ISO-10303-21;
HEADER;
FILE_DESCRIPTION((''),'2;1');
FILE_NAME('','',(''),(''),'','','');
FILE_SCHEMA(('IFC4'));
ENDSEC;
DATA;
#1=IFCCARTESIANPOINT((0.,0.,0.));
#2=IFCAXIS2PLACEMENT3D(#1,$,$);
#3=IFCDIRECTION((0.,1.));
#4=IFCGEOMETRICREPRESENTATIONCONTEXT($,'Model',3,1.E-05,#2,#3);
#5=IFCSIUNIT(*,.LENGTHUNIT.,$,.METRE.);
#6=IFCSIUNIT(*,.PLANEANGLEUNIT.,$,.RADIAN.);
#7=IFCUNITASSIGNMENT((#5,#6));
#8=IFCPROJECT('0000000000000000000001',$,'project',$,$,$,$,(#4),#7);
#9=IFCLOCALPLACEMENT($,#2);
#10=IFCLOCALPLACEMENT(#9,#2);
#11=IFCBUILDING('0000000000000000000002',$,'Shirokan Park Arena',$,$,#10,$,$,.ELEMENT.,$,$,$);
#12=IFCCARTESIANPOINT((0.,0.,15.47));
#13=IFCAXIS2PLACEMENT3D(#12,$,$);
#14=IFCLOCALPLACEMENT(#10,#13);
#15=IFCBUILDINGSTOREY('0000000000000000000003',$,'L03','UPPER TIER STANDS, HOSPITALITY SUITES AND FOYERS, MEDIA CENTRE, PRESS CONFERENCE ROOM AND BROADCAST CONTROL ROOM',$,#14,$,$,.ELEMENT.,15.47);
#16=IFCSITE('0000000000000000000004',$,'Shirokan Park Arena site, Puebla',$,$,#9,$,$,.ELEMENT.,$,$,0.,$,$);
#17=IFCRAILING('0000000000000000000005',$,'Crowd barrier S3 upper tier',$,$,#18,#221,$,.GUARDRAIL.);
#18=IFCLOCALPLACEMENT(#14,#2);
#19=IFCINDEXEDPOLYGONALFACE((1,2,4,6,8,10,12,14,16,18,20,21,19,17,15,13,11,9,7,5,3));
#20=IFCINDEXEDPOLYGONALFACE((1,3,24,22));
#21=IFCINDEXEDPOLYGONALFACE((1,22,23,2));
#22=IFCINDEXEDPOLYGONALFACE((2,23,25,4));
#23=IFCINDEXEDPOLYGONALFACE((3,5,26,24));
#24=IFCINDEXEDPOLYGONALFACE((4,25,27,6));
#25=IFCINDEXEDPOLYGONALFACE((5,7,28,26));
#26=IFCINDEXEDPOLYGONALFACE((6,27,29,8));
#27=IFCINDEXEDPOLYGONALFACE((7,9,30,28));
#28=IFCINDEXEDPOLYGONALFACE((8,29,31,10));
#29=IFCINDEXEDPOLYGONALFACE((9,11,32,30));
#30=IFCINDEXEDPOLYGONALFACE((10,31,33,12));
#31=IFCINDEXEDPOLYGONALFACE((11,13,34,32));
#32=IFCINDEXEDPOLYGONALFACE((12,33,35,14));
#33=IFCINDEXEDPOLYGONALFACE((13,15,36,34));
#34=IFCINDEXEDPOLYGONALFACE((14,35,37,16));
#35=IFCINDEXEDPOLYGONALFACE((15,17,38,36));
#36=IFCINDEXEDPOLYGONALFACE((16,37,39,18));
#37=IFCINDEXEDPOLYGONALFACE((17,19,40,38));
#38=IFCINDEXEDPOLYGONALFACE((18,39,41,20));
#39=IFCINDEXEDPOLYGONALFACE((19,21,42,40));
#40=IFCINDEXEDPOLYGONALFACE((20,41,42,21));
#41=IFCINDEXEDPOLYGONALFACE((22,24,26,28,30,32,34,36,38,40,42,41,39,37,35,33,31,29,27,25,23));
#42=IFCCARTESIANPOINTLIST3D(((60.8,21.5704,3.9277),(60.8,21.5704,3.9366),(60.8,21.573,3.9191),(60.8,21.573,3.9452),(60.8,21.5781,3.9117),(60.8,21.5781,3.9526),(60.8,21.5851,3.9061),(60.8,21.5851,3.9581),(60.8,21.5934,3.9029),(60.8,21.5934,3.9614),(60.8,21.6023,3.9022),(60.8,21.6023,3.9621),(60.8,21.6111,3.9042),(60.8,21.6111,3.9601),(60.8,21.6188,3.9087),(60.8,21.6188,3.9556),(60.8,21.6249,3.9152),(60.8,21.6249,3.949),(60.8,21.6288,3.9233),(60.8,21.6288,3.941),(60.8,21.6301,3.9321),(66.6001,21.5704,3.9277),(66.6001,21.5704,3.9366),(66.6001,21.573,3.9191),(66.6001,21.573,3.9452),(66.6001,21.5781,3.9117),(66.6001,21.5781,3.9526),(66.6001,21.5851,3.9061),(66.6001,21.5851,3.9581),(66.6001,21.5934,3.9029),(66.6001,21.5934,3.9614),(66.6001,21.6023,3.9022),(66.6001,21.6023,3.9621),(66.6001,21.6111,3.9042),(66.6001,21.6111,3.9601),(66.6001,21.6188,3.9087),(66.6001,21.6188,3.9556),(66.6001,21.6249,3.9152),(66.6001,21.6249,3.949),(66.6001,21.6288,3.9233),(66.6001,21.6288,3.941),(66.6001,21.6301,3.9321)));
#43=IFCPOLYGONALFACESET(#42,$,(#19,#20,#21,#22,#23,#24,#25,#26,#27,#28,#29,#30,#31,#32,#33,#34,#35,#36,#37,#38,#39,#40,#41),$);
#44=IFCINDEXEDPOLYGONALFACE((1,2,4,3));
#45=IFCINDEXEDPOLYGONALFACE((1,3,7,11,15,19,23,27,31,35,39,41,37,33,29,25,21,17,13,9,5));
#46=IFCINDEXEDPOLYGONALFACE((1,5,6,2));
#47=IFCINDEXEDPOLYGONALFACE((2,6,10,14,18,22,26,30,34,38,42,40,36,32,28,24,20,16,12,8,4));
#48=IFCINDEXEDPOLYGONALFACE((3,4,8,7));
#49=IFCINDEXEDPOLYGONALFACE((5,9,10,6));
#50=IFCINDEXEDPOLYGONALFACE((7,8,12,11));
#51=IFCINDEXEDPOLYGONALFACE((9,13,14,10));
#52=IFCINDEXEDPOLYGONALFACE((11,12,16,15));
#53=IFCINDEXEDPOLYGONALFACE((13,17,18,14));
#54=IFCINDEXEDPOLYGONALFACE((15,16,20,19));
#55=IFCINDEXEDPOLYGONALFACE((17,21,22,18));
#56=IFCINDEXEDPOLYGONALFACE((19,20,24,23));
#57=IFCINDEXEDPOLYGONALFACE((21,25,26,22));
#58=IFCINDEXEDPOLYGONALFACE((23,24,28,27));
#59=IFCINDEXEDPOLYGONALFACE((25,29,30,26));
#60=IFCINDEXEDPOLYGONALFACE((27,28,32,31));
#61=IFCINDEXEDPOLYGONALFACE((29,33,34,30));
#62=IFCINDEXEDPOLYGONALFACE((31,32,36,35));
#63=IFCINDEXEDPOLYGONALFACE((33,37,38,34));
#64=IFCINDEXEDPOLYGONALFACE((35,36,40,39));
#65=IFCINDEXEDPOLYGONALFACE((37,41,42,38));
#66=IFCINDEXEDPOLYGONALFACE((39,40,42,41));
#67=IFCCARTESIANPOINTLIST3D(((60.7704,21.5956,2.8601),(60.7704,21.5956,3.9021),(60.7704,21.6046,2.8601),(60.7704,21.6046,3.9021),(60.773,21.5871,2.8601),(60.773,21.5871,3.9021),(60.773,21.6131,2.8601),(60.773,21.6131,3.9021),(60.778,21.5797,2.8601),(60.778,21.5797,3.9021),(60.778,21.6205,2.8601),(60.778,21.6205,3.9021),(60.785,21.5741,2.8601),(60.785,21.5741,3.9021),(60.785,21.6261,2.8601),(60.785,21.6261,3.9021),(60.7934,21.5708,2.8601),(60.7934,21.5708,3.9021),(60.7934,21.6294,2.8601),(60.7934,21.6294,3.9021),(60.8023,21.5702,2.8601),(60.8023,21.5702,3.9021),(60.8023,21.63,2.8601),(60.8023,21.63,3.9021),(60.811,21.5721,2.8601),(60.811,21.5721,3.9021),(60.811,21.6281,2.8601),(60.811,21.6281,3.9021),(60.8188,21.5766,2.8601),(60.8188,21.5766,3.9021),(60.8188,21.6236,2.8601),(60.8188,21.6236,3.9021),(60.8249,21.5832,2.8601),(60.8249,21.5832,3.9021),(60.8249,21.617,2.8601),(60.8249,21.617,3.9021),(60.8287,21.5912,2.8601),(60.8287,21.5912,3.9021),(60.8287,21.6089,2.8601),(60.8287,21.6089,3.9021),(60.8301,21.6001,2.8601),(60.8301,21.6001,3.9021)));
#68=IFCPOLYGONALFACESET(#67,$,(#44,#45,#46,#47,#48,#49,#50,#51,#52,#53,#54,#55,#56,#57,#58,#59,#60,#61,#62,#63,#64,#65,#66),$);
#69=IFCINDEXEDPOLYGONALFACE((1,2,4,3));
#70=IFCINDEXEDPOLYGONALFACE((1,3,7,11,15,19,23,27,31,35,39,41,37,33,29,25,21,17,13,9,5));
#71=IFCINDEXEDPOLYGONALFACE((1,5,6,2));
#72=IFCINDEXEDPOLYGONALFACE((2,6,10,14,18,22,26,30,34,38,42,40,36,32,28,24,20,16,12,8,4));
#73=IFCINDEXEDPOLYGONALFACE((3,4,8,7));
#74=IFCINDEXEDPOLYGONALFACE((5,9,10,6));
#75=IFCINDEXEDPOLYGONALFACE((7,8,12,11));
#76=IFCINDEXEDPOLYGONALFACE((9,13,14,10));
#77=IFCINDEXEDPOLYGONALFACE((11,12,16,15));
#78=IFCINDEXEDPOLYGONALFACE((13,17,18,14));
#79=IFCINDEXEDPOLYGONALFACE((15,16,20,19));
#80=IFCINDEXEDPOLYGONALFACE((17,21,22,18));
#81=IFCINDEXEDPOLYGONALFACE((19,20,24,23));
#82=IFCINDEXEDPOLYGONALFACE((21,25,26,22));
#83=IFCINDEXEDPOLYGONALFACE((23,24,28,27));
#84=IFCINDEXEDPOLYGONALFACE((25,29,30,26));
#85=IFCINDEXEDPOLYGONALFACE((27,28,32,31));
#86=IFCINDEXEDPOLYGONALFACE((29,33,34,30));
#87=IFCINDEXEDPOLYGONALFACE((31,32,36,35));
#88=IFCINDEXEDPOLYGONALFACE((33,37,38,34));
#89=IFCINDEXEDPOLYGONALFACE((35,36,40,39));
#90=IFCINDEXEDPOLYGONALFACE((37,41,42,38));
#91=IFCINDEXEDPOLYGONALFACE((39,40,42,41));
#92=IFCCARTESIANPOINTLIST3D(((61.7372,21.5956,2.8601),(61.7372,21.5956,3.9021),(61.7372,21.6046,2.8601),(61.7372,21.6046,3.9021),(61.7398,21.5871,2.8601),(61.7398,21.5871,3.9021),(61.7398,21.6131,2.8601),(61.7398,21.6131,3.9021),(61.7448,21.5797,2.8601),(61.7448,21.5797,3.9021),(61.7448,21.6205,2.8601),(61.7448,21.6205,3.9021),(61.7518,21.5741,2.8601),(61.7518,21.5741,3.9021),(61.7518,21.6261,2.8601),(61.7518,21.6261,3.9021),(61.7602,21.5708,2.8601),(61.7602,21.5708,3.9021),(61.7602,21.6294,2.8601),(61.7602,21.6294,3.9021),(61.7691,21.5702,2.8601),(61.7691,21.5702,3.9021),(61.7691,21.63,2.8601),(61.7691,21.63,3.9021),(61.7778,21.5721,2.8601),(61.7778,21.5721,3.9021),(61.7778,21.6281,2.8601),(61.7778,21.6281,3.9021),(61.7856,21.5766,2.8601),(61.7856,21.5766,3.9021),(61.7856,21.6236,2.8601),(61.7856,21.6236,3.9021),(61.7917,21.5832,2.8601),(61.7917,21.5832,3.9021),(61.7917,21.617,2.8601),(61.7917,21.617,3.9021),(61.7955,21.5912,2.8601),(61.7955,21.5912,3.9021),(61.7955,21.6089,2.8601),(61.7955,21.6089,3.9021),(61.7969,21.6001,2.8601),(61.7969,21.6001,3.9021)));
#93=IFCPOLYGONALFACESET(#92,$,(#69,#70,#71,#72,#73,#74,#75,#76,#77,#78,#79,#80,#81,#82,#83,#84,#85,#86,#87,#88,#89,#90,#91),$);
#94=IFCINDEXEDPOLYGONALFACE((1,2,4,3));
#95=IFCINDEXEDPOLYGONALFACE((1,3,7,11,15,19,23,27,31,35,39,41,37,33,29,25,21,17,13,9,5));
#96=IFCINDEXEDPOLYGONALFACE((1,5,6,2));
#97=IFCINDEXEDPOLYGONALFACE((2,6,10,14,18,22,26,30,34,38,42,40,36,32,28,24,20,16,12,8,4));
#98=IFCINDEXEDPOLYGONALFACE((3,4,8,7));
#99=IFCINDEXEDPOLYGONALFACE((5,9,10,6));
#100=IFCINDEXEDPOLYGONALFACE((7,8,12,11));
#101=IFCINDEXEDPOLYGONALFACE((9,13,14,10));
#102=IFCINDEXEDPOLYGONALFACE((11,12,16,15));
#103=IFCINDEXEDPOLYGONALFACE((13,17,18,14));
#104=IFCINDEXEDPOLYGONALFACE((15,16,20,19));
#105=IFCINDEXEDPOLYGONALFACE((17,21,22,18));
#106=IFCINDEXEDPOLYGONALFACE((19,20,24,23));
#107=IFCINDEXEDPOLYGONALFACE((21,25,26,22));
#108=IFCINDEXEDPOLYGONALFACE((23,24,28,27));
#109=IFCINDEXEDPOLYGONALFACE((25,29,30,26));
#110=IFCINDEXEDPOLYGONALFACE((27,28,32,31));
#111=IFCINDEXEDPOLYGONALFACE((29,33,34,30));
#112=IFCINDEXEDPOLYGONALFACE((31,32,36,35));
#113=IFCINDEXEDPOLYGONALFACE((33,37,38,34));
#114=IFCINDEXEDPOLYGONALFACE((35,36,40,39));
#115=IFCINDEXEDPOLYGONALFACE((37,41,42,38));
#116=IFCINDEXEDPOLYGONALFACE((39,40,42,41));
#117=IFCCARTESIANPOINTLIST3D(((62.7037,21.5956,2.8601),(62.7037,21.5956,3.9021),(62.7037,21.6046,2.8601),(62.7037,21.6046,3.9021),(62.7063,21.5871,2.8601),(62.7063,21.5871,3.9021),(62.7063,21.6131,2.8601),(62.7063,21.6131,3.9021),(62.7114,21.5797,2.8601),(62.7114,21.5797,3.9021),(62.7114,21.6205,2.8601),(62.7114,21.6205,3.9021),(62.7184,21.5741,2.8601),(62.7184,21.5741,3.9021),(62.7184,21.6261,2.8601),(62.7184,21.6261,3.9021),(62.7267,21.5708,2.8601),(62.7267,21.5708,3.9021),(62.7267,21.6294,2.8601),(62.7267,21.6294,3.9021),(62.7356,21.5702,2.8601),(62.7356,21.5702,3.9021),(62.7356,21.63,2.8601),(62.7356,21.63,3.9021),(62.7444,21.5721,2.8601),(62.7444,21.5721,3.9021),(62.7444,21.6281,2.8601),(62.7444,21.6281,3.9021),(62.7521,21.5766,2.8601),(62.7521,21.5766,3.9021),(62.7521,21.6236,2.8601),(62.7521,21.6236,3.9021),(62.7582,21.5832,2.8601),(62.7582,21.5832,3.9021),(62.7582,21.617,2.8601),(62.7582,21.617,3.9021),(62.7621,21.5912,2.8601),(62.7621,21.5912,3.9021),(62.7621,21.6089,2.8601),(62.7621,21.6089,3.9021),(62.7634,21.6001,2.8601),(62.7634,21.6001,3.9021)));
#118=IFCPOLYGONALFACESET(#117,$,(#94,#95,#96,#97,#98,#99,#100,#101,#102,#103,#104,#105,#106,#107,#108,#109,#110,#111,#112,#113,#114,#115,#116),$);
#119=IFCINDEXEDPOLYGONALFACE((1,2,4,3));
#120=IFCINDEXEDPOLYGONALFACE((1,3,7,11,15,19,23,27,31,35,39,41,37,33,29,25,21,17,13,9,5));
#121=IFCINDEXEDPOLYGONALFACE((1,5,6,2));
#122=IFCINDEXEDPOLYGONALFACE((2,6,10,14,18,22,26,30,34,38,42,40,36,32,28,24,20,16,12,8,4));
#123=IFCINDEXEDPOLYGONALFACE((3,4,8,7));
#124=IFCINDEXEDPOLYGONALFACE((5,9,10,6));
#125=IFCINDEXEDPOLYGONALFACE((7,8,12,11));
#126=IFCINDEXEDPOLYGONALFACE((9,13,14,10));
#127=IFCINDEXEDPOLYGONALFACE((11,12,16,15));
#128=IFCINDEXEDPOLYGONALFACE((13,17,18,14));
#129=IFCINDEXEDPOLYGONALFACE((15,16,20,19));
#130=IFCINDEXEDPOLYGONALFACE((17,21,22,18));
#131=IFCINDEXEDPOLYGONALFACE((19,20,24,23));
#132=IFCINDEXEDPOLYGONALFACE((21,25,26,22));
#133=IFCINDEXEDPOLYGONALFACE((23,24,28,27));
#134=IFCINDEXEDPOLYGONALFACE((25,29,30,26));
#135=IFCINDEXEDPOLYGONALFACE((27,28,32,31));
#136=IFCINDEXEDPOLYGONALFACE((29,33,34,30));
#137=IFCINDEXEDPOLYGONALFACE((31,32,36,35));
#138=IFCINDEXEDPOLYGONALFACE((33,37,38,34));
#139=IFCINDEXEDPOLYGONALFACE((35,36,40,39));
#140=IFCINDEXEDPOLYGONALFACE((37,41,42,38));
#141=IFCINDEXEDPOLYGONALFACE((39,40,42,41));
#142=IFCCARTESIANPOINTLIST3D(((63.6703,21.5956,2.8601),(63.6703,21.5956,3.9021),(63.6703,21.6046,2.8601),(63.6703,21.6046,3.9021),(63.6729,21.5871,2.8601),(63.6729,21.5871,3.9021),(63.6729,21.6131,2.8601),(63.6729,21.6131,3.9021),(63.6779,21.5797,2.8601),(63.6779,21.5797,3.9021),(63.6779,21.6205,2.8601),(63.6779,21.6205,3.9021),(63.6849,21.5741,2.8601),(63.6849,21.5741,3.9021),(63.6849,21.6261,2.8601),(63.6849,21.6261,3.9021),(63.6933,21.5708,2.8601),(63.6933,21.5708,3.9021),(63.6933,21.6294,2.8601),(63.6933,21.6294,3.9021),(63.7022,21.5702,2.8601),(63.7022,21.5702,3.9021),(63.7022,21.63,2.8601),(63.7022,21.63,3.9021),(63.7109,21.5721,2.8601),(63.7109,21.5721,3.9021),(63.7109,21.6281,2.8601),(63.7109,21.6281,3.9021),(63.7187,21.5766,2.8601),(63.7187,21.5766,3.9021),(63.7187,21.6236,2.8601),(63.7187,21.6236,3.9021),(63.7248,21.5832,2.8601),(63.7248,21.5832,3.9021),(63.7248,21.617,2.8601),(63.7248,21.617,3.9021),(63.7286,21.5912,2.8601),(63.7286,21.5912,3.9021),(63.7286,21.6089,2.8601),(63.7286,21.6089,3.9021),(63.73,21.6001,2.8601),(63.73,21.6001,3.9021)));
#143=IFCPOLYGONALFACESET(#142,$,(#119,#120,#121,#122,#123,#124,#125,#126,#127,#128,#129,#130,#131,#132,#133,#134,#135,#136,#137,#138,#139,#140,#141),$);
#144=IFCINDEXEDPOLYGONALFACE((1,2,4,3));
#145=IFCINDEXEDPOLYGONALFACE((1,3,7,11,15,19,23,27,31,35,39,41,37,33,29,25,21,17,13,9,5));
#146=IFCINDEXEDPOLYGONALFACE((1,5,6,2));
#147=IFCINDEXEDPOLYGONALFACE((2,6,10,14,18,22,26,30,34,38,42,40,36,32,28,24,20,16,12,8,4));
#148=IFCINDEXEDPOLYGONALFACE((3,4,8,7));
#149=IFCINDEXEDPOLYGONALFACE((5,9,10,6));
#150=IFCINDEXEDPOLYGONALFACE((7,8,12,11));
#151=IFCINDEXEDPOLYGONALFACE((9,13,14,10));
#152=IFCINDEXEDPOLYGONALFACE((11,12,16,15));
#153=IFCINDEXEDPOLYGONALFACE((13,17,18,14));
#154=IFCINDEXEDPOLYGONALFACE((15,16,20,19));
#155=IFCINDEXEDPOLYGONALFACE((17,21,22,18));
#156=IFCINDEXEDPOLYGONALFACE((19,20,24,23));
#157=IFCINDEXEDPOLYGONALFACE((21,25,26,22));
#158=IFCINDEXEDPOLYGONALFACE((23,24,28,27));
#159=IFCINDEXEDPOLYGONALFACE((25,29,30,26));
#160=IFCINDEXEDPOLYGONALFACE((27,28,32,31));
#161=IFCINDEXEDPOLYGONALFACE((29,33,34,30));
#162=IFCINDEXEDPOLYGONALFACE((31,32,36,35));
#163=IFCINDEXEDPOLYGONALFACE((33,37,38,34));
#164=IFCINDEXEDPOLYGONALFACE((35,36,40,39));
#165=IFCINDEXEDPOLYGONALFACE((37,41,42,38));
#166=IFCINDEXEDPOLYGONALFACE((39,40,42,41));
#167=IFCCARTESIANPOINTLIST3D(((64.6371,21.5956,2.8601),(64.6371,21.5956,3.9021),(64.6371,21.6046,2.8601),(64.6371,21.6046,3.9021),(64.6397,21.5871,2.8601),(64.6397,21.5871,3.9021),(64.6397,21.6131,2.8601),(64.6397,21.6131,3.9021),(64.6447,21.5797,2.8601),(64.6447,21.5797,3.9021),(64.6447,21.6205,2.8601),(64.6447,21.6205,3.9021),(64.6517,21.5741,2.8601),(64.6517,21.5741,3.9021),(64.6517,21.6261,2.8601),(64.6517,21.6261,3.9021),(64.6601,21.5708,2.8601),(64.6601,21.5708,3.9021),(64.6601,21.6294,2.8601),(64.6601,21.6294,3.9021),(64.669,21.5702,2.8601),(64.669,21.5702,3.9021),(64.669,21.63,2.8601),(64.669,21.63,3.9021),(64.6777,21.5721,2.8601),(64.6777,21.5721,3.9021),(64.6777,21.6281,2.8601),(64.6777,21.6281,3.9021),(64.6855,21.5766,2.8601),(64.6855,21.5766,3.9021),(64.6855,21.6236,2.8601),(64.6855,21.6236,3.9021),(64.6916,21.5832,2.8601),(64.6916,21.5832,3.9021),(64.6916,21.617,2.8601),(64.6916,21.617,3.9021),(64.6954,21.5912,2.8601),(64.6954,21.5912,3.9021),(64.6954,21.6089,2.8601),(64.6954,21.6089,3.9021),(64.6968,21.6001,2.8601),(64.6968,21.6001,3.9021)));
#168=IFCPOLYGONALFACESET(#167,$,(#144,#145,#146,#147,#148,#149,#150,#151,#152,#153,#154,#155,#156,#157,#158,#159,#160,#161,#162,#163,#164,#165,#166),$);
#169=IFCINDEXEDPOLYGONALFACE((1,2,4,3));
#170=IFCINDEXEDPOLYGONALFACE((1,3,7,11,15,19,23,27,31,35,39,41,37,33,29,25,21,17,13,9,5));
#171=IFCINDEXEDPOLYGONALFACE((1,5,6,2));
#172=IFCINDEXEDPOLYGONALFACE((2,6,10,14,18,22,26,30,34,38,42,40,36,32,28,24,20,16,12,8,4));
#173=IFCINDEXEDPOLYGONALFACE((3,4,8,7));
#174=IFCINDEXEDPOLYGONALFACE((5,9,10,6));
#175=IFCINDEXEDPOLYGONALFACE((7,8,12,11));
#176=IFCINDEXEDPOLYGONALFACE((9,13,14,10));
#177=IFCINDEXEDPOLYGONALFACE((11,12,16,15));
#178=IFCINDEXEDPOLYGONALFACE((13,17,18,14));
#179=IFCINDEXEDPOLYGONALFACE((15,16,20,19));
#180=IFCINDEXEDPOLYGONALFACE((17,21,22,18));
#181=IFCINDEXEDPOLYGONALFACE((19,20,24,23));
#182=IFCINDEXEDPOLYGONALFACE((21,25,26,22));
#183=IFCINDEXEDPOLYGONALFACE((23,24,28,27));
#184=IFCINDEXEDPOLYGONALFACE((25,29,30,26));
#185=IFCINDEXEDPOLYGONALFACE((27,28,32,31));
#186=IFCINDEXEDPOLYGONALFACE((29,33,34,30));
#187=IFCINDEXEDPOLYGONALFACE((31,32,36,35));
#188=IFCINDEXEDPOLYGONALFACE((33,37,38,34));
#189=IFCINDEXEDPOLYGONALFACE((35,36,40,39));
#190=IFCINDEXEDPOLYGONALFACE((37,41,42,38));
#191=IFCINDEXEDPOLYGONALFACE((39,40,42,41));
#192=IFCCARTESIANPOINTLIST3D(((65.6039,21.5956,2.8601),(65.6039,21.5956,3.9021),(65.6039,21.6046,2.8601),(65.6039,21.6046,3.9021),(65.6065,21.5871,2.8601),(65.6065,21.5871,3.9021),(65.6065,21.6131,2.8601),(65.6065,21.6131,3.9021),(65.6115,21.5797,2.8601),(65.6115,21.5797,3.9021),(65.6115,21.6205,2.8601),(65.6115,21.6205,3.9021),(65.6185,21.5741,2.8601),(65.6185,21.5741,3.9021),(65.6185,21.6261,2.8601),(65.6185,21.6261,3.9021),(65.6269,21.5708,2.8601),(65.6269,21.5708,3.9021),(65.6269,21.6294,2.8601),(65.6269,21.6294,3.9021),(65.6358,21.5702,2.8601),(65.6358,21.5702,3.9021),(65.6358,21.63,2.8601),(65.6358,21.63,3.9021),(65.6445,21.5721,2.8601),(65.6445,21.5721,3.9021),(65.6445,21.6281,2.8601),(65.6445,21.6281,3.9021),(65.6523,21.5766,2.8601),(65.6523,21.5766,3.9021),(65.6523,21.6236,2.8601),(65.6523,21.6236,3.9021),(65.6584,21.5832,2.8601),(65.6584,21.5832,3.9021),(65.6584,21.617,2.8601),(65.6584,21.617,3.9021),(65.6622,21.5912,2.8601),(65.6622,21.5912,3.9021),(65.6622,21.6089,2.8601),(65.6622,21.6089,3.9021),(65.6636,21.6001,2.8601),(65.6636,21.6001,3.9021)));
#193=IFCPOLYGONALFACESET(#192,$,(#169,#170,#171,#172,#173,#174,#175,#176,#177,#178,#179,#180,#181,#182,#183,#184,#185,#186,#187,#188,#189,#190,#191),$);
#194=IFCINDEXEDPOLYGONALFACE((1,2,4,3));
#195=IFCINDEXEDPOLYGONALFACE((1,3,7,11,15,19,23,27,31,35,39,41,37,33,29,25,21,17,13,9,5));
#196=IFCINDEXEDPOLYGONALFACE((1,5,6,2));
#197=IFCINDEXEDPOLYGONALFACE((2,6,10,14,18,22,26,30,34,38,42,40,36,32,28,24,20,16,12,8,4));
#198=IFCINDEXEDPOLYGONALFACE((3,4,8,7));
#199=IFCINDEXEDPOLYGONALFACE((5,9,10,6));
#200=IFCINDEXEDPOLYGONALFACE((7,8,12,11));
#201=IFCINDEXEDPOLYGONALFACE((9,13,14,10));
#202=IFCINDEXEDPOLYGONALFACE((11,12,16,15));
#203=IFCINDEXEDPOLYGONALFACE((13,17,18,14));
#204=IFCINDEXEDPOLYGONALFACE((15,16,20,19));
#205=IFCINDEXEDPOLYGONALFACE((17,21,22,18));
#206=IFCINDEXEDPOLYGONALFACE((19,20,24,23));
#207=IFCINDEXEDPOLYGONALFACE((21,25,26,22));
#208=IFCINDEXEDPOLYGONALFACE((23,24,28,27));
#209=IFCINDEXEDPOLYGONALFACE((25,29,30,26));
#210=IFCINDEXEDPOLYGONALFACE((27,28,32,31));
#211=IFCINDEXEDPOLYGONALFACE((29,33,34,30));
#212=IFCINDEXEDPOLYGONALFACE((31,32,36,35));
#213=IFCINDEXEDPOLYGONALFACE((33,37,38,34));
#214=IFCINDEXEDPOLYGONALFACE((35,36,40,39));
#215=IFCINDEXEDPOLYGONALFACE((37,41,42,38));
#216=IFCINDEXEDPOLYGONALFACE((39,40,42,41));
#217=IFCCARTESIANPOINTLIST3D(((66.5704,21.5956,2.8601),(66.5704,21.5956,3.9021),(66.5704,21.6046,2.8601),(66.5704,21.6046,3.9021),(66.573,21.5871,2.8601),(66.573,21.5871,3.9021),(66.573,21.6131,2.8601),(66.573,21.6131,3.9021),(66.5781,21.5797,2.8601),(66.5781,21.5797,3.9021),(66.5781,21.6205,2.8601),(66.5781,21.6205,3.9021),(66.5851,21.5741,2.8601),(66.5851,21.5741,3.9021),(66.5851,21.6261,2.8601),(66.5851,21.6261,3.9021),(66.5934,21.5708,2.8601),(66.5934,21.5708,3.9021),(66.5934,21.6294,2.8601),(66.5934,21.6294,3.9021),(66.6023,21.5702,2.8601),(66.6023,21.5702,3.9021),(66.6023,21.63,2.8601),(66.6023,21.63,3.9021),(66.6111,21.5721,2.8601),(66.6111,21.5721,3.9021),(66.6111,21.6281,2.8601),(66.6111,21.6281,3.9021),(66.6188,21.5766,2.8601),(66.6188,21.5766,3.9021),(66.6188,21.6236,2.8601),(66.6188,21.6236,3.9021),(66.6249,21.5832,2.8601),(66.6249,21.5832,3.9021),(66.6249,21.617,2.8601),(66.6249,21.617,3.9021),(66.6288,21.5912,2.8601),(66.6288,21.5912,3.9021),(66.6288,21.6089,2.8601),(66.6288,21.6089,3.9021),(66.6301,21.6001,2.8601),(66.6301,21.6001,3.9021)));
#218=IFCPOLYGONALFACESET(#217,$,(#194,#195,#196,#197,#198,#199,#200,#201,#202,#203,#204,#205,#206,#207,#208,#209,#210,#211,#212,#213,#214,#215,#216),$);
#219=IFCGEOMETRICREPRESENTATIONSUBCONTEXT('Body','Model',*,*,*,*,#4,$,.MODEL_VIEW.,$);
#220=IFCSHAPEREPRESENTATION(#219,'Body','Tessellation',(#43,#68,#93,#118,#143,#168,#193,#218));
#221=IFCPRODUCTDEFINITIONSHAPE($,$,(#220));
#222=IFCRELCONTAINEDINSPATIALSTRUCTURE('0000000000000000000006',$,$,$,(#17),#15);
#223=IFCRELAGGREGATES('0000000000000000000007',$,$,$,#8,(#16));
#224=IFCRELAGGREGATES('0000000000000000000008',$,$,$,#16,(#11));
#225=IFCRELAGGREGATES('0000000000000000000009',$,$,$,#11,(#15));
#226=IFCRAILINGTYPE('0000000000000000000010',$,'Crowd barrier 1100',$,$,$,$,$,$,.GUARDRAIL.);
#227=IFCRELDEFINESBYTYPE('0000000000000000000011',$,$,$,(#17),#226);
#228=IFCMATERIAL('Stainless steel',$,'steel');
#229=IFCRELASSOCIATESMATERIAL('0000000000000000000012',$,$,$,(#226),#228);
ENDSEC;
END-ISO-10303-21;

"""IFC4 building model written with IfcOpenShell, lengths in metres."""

from ifc_helpers import new_model, si_unit, direction, frame, origin, origin_2d, place, context, subcontext, project, spatial, circle, extrude, material, type_object, element, save


model = new_model("IFC4")

# Units and contexts
model_context = context("Model", 3, precision=1e-05, world=origin(), true_north=direction((0.0, 1.0)))
body_context = subcontext(model_context, "Body", "Model", "MODEL_VIEW")
ifc_project = project(units=[si_unit("LENGTHUNIT", "METRE"), si_unit("PLANEANGLEUNIT", "RADIAN")], contexts=[model_context])

# Site, building, storey
site_placement = place(None, origin())
site = spatial("IfcSite", under=ifc_project, at=site_placement, Name="Shirokan Park Arena site, Puebla", CompositionType="ELEMENT", RefElevation=0.0)
building_placement = place(site_placement, origin())
building = spatial("IfcBuilding", under=site, at=building_placement, Name="Shirokan Park Arena", CompositionType="ELEMENT")
storey_placement = place(building_placement, frame((0.0, 0.0, 15.47)))
storey = spatial("IfcBuildingStorey", under=building, at=storey_placement, Name="L03", Description="UPPER TIER STANDS, HOSPITALITY SUITES AND FOYERS, MEDIA CENTRE, PRESS CONFERENCE ROOM AND BROADCAST CONTROL ROOM", CompositionType="ELEMENT", Elevation=15.47)

# Railing
ifc_material_1 = material(Name="Stainless steel", Category="steel")
railing_type_1 = type_object("IfcRailingType", Name="Crowd barrier 1100", PredefinedType="GUARDRAIL", material=ifc_material_1)
for number, where, name in (
    (1, (60.8, 21.6001, 2.8601), "Crowd barrier S3 upper tier"),
):
    element("IfcRailing", number, at=place(storey_placement, frame(where)), inside=storey, type_object=railing_type_1, Name=name, PredefinedType="GUARDRAIL", context=body_context, shape_type="SweptSolid", body=[
        extrude(circle(Radius=0.03, at=origin_2d()), frame((0.0, 0.0, 1.072), z_axis=(1.0, 0.0, 0.0), x_axis=(0.0, 1.0, 0.0)), (0.0, 0.0, 1.0), 5.8),
        extrude(circle(Radius=0.03, at=origin_2d()), origin(), (0.0, 0.0, 1.0), 1.042),
        extrude(circle(Radius=0.03, at=origin_2d()), frame((0.9668, 0.0, 0.0)), (0.0, 0.0, 1.0), 1.042),
        extrude(circle(Radius=0.03, at=origin_2d()), frame((1.9333, 0.0, 0.0)), (0.0, 0.0, 1.0), 1.042),
        extrude(circle(Radius=0.03, at=origin_2d()), frame((2.8999, 0.0, 0.0)), (0.0, 0.0, 1.0), 1.042),
        extrude(circle(Radius=0.03, at=origin_2d()), frame((3.8667, 0.0, 0.0)), (0.0, 0.0, 1.0), 1.042),
        extrude(circle(Radius=0.03, at=origin_2d()), frame((4.8335, 0.0, 0.0)), (0.0, 0.0, 1.0), 1.042),
        extrude(circle(Radius=0.03, at=origin_2d()), frame((5.8, 0.0, 0.0)), (0.0, 0.0, 1.0), 1.042),
    ])

save(model, "model.ifc")
